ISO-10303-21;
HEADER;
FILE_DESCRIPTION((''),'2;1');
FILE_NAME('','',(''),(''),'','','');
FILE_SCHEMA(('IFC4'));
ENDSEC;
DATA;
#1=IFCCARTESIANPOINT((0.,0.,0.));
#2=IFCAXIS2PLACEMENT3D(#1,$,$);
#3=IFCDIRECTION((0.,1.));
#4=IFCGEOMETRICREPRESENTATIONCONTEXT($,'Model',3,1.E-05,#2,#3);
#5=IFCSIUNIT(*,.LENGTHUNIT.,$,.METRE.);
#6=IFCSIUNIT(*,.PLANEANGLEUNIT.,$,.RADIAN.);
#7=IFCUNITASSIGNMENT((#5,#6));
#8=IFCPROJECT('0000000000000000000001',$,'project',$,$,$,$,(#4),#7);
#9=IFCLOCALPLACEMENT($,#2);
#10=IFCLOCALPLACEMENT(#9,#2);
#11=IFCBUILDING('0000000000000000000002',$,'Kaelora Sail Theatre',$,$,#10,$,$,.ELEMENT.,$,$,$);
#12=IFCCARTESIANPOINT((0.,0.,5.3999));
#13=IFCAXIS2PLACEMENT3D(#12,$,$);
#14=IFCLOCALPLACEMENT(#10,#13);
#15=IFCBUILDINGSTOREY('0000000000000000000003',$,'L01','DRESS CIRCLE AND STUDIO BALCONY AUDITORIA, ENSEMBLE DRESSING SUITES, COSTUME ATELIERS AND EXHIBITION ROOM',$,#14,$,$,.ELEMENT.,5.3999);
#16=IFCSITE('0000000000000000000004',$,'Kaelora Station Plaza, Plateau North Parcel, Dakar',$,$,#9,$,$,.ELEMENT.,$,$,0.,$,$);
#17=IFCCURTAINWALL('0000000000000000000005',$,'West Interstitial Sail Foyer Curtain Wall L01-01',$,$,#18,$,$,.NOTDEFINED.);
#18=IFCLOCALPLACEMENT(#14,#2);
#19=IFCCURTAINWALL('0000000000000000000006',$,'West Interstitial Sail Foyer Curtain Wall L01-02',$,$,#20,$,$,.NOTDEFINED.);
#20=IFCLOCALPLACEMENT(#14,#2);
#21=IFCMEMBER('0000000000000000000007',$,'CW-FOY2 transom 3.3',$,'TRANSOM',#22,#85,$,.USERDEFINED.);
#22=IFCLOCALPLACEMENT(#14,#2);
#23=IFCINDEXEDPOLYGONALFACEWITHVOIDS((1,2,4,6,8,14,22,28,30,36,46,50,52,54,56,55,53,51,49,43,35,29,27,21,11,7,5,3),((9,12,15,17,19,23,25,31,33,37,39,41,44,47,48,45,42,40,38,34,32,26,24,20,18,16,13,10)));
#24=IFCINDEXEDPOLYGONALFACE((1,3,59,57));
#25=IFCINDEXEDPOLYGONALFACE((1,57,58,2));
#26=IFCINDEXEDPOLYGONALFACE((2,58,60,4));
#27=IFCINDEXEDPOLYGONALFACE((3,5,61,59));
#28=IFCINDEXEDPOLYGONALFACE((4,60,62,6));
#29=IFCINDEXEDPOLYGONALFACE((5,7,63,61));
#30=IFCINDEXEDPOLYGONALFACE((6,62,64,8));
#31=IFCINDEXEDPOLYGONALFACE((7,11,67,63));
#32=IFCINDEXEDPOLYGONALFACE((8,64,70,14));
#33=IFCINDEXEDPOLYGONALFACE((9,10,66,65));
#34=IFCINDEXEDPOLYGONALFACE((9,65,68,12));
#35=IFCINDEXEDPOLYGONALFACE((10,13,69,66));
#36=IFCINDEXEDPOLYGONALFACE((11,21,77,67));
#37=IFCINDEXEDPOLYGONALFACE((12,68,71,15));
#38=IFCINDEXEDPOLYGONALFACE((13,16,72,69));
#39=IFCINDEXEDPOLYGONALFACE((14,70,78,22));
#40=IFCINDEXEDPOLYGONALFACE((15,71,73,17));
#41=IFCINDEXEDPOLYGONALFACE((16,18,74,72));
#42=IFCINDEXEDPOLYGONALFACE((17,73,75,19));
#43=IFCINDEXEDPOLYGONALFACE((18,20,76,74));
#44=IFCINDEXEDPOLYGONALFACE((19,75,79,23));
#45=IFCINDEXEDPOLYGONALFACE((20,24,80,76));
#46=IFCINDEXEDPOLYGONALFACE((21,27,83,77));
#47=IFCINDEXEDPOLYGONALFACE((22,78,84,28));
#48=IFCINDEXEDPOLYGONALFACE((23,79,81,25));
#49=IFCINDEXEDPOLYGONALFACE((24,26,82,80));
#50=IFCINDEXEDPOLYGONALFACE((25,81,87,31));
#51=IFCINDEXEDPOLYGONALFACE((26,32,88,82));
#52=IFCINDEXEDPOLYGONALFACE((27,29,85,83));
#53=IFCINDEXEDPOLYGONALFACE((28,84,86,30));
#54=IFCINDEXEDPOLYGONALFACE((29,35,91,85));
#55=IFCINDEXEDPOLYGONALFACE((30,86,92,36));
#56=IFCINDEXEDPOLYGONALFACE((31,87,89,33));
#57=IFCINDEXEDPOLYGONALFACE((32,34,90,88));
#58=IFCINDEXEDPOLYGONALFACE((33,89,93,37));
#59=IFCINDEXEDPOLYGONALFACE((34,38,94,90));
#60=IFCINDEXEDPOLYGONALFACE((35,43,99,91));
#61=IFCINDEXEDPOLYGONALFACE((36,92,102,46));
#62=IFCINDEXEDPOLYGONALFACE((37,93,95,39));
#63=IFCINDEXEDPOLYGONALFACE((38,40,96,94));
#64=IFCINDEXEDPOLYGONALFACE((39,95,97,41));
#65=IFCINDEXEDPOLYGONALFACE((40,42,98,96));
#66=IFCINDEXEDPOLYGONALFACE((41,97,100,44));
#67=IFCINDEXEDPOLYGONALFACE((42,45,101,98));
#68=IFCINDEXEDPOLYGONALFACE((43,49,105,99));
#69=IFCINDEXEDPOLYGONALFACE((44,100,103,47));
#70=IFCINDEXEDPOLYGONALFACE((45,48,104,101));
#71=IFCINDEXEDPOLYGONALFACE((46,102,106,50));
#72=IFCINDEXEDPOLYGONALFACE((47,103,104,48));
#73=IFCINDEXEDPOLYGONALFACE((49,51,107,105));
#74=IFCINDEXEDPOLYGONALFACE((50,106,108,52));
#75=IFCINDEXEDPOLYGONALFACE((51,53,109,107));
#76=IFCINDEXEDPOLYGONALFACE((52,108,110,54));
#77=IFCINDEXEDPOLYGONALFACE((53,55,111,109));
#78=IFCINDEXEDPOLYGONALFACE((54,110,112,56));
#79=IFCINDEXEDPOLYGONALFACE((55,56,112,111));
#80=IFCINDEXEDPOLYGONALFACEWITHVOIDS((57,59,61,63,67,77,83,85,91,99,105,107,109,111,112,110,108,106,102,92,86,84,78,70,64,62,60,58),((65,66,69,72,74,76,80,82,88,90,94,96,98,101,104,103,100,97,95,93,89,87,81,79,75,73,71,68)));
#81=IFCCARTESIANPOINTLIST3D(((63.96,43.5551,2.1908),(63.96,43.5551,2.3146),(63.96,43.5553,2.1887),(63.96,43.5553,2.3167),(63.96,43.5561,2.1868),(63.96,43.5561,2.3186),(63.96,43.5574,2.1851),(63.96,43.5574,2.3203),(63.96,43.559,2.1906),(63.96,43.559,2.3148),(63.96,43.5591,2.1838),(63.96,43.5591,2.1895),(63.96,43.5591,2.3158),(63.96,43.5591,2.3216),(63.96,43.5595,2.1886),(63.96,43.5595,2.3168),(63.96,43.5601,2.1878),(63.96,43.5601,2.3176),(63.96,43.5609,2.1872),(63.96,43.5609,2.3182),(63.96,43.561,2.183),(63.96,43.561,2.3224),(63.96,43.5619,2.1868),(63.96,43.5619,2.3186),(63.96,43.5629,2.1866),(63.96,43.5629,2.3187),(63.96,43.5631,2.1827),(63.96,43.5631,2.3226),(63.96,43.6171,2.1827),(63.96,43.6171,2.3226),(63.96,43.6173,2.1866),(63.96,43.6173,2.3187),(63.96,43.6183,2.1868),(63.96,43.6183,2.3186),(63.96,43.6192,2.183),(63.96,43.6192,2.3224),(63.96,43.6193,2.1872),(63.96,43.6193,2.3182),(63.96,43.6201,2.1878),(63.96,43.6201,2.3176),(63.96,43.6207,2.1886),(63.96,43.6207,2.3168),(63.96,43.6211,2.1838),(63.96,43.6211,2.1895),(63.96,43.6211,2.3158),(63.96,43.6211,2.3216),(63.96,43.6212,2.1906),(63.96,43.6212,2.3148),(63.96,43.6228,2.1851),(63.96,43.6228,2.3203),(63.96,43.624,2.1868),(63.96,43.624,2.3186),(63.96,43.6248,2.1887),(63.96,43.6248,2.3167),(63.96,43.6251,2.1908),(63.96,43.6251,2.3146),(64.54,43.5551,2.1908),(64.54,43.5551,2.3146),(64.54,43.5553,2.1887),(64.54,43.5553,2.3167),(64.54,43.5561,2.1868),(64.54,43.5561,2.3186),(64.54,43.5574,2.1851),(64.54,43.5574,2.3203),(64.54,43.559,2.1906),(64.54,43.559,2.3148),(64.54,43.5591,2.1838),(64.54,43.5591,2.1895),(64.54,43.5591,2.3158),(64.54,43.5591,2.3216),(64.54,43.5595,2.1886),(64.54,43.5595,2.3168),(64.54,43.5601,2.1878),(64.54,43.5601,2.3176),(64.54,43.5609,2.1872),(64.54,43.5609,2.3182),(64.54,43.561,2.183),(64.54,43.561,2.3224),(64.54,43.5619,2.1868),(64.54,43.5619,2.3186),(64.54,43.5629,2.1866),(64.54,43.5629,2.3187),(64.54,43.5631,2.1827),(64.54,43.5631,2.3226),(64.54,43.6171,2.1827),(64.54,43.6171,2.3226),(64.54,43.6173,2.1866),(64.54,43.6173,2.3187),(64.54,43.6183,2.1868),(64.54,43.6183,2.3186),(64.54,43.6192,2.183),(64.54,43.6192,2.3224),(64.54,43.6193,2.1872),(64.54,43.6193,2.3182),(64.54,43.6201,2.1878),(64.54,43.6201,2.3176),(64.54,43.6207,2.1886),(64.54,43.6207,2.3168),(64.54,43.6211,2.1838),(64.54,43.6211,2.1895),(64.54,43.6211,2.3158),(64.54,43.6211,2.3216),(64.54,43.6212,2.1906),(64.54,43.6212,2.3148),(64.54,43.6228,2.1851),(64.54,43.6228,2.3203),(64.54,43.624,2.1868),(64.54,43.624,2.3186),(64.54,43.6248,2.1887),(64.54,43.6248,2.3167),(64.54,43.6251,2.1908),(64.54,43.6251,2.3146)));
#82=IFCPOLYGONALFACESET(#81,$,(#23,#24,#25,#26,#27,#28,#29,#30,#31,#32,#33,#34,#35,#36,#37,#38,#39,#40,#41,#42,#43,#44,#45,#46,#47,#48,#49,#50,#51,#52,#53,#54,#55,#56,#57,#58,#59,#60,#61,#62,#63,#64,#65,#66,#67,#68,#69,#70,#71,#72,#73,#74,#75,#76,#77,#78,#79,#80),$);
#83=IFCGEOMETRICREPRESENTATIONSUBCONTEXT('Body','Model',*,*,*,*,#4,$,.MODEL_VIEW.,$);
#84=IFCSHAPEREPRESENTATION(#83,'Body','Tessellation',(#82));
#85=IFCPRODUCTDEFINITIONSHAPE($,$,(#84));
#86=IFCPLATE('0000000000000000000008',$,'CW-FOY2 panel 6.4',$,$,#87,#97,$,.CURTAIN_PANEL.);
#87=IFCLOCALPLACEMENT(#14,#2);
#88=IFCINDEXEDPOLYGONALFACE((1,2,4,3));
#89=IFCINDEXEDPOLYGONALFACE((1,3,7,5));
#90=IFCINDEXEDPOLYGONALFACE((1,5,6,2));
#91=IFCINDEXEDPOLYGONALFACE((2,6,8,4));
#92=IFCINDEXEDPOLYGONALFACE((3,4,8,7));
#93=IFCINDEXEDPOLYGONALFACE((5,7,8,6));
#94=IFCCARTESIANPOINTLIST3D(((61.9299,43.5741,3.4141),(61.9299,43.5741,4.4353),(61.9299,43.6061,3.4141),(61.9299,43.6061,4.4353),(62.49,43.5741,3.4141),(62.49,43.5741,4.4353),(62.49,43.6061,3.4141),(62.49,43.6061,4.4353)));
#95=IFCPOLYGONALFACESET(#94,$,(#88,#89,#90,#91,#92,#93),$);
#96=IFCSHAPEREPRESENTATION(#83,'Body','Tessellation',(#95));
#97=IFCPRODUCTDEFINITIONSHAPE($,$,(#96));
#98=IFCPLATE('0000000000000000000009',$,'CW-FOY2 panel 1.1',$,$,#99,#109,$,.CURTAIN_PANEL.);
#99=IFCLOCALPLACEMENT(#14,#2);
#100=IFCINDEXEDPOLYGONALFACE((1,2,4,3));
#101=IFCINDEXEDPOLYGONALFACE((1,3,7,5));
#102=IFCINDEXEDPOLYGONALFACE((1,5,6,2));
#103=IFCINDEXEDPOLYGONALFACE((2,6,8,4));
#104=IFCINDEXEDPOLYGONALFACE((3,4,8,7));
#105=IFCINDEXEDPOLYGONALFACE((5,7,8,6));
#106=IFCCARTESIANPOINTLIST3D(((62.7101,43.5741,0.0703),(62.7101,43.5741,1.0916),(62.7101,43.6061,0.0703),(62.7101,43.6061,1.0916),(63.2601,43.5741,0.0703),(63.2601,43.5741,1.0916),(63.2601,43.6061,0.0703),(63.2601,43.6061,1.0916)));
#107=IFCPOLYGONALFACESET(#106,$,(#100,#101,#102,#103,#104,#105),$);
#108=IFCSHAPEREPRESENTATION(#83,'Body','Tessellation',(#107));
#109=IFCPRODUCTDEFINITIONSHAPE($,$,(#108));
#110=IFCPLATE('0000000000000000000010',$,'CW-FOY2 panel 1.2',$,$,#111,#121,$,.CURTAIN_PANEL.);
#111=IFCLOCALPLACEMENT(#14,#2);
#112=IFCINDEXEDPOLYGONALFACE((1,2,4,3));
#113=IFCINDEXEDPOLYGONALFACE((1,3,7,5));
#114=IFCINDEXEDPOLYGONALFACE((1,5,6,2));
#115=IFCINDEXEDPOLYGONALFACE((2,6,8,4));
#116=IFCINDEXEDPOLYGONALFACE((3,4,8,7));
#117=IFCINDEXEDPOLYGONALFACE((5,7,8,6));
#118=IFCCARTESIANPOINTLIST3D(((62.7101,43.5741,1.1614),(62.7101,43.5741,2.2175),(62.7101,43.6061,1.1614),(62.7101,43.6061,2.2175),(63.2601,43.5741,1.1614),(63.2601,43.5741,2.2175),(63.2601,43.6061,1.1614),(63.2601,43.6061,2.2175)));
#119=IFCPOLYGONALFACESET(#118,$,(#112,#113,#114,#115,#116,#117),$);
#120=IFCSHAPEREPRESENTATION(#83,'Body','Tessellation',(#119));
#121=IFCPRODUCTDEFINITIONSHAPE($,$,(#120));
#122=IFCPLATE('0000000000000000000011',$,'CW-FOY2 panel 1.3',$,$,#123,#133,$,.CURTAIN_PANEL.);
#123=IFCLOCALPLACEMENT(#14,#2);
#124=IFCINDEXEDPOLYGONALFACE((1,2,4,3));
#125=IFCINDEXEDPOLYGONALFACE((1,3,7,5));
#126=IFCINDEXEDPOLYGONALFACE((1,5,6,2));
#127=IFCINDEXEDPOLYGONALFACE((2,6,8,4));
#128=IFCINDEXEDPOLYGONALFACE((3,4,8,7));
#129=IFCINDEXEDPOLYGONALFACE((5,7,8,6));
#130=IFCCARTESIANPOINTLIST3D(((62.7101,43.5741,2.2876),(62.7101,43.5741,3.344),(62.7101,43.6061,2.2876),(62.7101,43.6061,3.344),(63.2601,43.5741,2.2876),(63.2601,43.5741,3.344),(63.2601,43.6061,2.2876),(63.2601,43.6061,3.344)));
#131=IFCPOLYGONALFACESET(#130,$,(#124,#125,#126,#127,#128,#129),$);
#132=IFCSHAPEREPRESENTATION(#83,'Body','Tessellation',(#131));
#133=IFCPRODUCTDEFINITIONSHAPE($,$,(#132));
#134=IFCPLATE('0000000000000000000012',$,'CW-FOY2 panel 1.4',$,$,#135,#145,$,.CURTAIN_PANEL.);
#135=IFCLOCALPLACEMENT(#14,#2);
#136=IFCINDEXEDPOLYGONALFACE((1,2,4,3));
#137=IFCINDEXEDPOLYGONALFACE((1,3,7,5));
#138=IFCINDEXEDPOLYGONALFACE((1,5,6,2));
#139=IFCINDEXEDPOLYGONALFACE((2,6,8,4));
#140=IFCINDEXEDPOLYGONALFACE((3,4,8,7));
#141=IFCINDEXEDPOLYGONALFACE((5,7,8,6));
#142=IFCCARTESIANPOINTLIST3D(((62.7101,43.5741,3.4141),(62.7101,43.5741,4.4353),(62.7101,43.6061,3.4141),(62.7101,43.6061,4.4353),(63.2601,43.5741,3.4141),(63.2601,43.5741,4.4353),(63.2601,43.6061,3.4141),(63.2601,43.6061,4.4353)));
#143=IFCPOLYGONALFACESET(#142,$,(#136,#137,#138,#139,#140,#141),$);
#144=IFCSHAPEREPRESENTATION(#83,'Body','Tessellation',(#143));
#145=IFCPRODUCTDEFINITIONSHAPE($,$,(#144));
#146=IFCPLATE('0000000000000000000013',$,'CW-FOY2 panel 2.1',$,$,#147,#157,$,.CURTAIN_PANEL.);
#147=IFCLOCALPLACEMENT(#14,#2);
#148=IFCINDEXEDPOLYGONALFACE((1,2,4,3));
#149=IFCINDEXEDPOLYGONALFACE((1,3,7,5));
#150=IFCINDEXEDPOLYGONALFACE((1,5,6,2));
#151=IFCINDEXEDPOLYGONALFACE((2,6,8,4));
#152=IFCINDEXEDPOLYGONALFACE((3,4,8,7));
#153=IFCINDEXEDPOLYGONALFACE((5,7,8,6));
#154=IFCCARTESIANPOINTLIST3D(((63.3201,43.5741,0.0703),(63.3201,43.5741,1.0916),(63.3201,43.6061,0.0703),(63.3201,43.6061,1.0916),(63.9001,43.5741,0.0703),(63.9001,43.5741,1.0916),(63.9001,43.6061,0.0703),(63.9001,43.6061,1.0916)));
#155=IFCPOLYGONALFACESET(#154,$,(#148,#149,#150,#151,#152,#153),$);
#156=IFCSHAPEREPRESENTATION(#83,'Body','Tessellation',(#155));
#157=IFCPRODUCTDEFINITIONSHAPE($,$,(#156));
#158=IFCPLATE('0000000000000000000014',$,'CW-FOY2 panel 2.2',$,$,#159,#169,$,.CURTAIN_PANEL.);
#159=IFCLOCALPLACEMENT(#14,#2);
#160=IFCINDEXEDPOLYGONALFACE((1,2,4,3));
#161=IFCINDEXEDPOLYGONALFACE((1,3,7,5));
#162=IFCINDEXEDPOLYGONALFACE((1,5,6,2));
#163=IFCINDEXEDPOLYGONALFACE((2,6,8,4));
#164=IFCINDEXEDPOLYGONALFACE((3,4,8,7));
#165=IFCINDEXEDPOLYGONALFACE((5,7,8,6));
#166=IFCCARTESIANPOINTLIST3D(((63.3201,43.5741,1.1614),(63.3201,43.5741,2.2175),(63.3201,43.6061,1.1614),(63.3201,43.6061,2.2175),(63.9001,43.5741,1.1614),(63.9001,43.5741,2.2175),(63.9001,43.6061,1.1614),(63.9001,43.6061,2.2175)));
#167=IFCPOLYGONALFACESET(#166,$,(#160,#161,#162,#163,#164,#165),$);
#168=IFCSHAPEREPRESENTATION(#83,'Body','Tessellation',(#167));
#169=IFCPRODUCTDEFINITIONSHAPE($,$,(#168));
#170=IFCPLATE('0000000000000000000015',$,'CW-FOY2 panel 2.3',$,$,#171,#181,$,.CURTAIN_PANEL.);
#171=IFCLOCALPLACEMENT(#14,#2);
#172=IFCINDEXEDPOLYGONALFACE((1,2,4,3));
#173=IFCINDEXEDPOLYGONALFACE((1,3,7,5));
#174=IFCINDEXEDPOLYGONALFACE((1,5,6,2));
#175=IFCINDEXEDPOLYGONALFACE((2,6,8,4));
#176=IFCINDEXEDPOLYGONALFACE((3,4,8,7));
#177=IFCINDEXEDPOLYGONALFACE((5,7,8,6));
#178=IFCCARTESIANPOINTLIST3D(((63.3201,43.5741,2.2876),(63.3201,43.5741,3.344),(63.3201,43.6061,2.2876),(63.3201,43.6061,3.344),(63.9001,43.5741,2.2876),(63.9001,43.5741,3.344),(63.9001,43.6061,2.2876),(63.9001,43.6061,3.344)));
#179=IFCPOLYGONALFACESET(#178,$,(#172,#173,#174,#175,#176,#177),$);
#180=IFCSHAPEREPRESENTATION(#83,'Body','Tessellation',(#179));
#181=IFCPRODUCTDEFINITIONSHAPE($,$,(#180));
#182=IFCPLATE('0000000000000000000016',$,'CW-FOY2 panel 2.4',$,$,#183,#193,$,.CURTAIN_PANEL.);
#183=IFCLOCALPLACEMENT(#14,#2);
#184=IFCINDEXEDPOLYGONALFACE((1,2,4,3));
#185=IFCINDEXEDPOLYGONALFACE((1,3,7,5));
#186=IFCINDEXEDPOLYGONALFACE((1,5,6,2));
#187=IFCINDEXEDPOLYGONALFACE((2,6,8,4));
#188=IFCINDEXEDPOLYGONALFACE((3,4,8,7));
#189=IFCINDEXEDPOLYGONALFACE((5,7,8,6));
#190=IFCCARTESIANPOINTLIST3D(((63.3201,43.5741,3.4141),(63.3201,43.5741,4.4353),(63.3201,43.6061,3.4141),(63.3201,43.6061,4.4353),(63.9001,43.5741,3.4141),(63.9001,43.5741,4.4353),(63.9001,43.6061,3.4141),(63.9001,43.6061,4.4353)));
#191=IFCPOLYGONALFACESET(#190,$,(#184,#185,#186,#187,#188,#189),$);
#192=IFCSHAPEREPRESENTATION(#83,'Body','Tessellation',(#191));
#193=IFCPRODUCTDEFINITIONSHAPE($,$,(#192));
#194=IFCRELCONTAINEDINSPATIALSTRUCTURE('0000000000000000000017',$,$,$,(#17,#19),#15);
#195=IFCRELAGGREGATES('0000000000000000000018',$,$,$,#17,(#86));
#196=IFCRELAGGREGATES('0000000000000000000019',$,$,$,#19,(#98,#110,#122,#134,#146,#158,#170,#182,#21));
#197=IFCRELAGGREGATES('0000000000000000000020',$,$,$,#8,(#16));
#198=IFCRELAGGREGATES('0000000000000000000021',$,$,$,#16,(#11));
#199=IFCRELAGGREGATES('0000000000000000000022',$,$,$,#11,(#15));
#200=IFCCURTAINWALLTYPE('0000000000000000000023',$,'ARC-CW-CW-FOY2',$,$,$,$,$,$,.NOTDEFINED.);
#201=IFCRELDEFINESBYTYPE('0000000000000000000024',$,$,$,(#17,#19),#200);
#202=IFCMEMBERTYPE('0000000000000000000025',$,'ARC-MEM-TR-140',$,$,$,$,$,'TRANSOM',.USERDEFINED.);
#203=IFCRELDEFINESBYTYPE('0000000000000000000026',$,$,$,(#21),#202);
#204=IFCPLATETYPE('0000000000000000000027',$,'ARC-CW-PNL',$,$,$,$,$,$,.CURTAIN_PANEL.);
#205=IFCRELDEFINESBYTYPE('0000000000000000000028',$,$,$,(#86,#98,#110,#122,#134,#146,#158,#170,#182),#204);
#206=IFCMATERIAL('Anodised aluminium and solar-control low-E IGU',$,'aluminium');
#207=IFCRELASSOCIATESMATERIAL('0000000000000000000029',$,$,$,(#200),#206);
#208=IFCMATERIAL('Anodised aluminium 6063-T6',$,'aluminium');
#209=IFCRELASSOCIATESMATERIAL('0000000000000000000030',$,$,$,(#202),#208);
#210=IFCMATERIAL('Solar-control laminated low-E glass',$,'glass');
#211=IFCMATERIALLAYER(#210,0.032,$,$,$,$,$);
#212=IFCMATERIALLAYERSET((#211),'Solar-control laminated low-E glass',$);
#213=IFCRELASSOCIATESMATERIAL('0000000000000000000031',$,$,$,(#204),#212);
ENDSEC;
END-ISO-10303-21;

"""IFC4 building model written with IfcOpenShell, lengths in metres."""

from ifc_helpers import new_model, si_unit, direction, frame, origin, origin_2d, place, context, subcontext, project, spatial, rectangle, hollow_rectangle, extrude, material, layer, layer_set, material_profile, profile_set, type_object, element, aggregate, save


model = new_model("IFC4")

# Units and contexts
model_context = context("Model", 3, precision=1e-05, world=origin(), true_north=direction((0.0, 1.0)))
body_context = subcontext(model_context, "Body", "Model", "MODEL_VIEW")
ifc_project = project(units=[si_unit("LENGTHUNIT", "METRE"), si_unit("PLANEANGLEUNIT", "RADIAN")], contexts=[model_context])

# Site, building, storey
site_placement = place(None, origin())
site = spatial("IfcSite", under=ifc_project, at=site_placement, Name="Kaelora Station Plaza, Plateau North Parcel, Dakar", CompositionType="ELEMENT", RefElevation=0.0)
building_placement = place(site_placement, origin())
building = spatial("IfcBuilding", under=site, at=building_placement, Name="Kaelora Sail Theatre", CompositionType="ELEMENT")
storey_placement = place(building_placement, frame((0.0, 0.0, 5.3999)))
storey = spatial("IfcBuildingStorey", under=building, at=storey_placement, Name="L01", Description="DRESS CIRCLE AND STUDIO BALCONY AUDITORIA, ENSEMBLE DRESSING SUITES, COSTUME ATELIERS AND EXHIBITION ROOM", CompositionType="ELEMENT", Elevation=5.3999)

# Curtain wall
ifc_material_1 = material(Name="Anodised aluminium and solar-control low-E IGU", Category="aluminium")
curtain_wall_type = type_object("IfcCurtainWallType", Name="ARC-CW-CW-FOY2", PredefinedType="NOTDEFINED", material=ifc_material_1)
curtain_wall_1_placement = place(storey_placement, origin())
curtain_wall_1 = element("IfcCurtainWall", 1, at=curtain_wall_1_placement, inside=storey, type_object=curtain_wall_type, Name="West Interstitial Sail Foyer Curtain Wall L01-01", PredefinedType="NOTDEFINED")

# Curtain wall, member
curtain_wall_2_placement = place(storey_placement, origin())
curtain_wall_2 = element("IfcCurtainWall", 2, at=curtain_wall_2_placement, inside=storey, type_object=curtain_wall_type, Name="West Interstitial Sail Foyer Curtain Wall L01-02", PredefinedType="NOTDEFINED")
ifc_material_2 = material(Name="Anodised aluminium 6063-T6", Category="aluminium")
ifc_material_profile_1 = material_profile(ifc_material_2, hollow_rectangle(XDim=0.0701, YDim=0.1399, WallThickness=0.0039, InnerFilletRadius=0.0039, OuterFilletRadius=0.0081, at=origin_2d()), Name="ALU-TRAN 70x140x4")
ifc_profile_set_1 = profile_set([ifc_material_profile_1], Name="Anodised aluminium 6063-T6")
member_type_1 = type_object("IfcMemberType", Name="ARC-MEM-TR-140", ElementType="TRANSOM", PredefinedType="USERDEFINED", material=ifc_profile_set_1)
member_1_placement = place(storey_placement, frame((63.96, 43.5901, 2.2527), z_axis=(1.0, 0.0, 0.0), x_axis=(0.0, 1.0, 0.0)))
member_1 = element("IfcMember", 3, at=member_1_placement, type_object=member_type_1, Name="CW-FOY2 transom 3.3", ObjectType="TRANSOM", PredefinedType="USERDEFINED", context=body_context, shape_type="SweptSolid", body=[
    extrude(hollow_rectangle(XDim=0.0701, YDim=0.1399, WallThickness=0.0039, InnerFilletRadius=0.0039, OuterFilletRadius=0.0081, at=origin_2d()), origin(), (0.0, 0.0, 1.0), 0.5801),
])

# Plates
ifc_material_3 = material(Name="Solar-control laminated low-E glass", Category="glass")
ifc_layer = layer(ifc_material_3, 0.032)
ifc_layer_set = layer_set([ifc_layer], Name="Solar-control laminated low-E glass")
plate_type = type_object("IfcPlateType", Name="ARC-CW-PNL", PredefinedType="CURTAIN_PANEL", material=ifc_layer_set)
plate_1_placement = place(storey_placement, frame((62.21, 43.5901, 3.4141), z_axis=(0.0, 0.0, 1.0), x_axis=(1.0, 0.0, 0.0)))
plate_1 = element("IfcPlate", 4, at=plate_1_placement, type_object=plate_type, Name="CW-FOY2 panel 6.4", PredefinedType="CURTAIN_PANEL", context=body_context, shape_type="SweptSolid", body=[
    extrude(rectangle(XDim=0.5601, YDim=0.032, at=origin_2d()), origin(), (0.0, 0.0, 1.0), 1.0212),
])
aggregate(curtain_wall_1, [plate_1])
plate_2_placement = place(storey_placement, frame((62.9851, 43.5901, 0.0703), z_axis=(0.0, 0.0, 1.0), x_axis=(1.0, 0.0, 0.0)))
plate_2 = element("IfcPlate", 5, at=plate_2_placement, type_object=plate_type, Name="CW-FOY2 panel 1.1", PredefinedType="CURTAIN_PANEL", context=body_context, shape_type="SweptSolid", body=[
    extrude(rectangle(XDim=0.55, YDim=0.032, at=origin_2d()), origin(), (0.0, 0.0, 1.0), 1.0212),
])
plate_3_placement = place(storey_placement, frame((62.9851, 43.5901, 1.1614), z_axis=(0.0, 0.0, 1.0), x_axis=(1.0, 0.0, 0.0)))
plate_3 = element("IfcPlate", 6, at=plate_3_placement, type_object=plate_type, Name="CW-FOY2 panel 1.2", PredefinedType="CURTAIN_PANEL", context=body_context, shape_type="SweptSolid", body=[
    extrude(rectangle(XDim=0.55, YDim=0.032, at=origin_2d()), origin(), (0.0, 0.0, 1.0), 1.0562),
])
plate_4_placement = place(storey_placement, frame((62.9851, 43.5901, 2.2876), z_axis=(0.0, 0.0, 1.0), x_axis=(1.0, 0.0, 0.0)))
plate_4 = element("IfcPlate", 7, at=plate_4_placement, type_object=plate_type, Name="CW-FOY2 panel 1.3", PredefinedType="CURTAIN_PANEL", context=body_context, shape_type="SweptSolid", body=[
    extrude(rectangle(XDim=0.55, YDim=0.032, at=origin_2d()), origin(), (0.0, 0.0, 1.0), 1.0564),
])
plate_5_placement = place(storey_placement, frame((62.9851, 43.5901, 3.4141), z_axis=(0.0, 0.0, 1.0), x_axis=(1.0, 0.0, 0.0)))
plate_5 = element("IfcPlate", 8, at=plate_5_placement, type_object=plate_type, Name="CW-FOY2 panel 1.4", PredefinedType="CURTAIN_PANEL", context=body_context, shape_type="SweptSolid", body=[
    extrude(rectangle(XDim=0.55, YDim=0.032, at=origin_2d()), origin(), (0.0, 0.0, 1.0), 1.0212),
])
plate_6_placement = place(storey_placement, frame((63.6101, 43.5901, 0.0703), z_axis=(0.0, 0.0, 1.0), x_axis=(1.0, 0.0, 0.0)))
plate_6 = element("IfcPlate", 9, at=plate_6_placement, type_object=plate_type, Name="CW-FOY2 panel 2.1", PredefinedType="CURTAIN_PANEL", context=body_context, shape_type="SweptSolid", body=[
    extrude(rectangle(XDim=0.5801, YDim=0.032, at=origin_2d()), origin(), (0.0, 0.0, 1.0), 1.0212),
])
plate_7_placement = place(storey_placement, frame((63.6101, 43.5901, 1.1614), z_axis=(0.0, 0.0, 1.0), x_axis=(1.0, 0.0, 0.0)))
plate_7 = element("IfcPlate", 10, at=plate_7_placement, type_object=plate_type, Name="CW-FOY2 panel 2.2", PredefinedType="CURTAIN_PANEL", context=body_context, shape_type="SweptSolid", body=[
    extrude(rectangle(XDim=0.5801, YDim=0.032, at=origin_2d()), origin(), (0.0, 0.0, 1.0), 1.0562),
])
plate_8_placement = place(storey_placement, frame((63.6101, 43.5901, 2.2876), z_axis=(0.0, 0.0, 1.0), x_axis=(1.0, 0.0, 0.0)))
plate_8 = element("IfcPlate", 11, at=plate_8_placement, type_object=plate_type, Name="CW-FOY2 panel 2.3", PredefinedType="CURTAIN_PANEL", context=body_context, shape_type="SweptSolid", body=[
    extrude(rectangle(XDim=0.5801, YDim=0.032, at=origin_2d()), origin(), (0.0, 0.0, 1.0), 1.0564),
])
plate_9_placement = place(storey_placement, frame((63.6101, 43.5901, 3.4141), z_axis=(0.0, 0.0, 1.0), x_axis=(1.0, 0.0, 0.0)))
plate_9 = element("IfcPlate", 12, at=plate_9_placement, type_object=plate_type, Name="CW-FOY2 panel 2.4", PredefinedType="CURTAIN_PANEL", context=body_context, shape_type="SweptSolid", body=[
    extrude(rectangle(XDim=0.5801, YDim=0.032, at=origin_2d()), origin(), (0.0, 0.0, 1.0), 1.0212),
])
aggregate(curtain_wall_2, [plate_2, plate_3, plate_4, plate_5, plate_6, plate_7, plate_8, plate_9, member_1])

save(model, "model.ifc")
